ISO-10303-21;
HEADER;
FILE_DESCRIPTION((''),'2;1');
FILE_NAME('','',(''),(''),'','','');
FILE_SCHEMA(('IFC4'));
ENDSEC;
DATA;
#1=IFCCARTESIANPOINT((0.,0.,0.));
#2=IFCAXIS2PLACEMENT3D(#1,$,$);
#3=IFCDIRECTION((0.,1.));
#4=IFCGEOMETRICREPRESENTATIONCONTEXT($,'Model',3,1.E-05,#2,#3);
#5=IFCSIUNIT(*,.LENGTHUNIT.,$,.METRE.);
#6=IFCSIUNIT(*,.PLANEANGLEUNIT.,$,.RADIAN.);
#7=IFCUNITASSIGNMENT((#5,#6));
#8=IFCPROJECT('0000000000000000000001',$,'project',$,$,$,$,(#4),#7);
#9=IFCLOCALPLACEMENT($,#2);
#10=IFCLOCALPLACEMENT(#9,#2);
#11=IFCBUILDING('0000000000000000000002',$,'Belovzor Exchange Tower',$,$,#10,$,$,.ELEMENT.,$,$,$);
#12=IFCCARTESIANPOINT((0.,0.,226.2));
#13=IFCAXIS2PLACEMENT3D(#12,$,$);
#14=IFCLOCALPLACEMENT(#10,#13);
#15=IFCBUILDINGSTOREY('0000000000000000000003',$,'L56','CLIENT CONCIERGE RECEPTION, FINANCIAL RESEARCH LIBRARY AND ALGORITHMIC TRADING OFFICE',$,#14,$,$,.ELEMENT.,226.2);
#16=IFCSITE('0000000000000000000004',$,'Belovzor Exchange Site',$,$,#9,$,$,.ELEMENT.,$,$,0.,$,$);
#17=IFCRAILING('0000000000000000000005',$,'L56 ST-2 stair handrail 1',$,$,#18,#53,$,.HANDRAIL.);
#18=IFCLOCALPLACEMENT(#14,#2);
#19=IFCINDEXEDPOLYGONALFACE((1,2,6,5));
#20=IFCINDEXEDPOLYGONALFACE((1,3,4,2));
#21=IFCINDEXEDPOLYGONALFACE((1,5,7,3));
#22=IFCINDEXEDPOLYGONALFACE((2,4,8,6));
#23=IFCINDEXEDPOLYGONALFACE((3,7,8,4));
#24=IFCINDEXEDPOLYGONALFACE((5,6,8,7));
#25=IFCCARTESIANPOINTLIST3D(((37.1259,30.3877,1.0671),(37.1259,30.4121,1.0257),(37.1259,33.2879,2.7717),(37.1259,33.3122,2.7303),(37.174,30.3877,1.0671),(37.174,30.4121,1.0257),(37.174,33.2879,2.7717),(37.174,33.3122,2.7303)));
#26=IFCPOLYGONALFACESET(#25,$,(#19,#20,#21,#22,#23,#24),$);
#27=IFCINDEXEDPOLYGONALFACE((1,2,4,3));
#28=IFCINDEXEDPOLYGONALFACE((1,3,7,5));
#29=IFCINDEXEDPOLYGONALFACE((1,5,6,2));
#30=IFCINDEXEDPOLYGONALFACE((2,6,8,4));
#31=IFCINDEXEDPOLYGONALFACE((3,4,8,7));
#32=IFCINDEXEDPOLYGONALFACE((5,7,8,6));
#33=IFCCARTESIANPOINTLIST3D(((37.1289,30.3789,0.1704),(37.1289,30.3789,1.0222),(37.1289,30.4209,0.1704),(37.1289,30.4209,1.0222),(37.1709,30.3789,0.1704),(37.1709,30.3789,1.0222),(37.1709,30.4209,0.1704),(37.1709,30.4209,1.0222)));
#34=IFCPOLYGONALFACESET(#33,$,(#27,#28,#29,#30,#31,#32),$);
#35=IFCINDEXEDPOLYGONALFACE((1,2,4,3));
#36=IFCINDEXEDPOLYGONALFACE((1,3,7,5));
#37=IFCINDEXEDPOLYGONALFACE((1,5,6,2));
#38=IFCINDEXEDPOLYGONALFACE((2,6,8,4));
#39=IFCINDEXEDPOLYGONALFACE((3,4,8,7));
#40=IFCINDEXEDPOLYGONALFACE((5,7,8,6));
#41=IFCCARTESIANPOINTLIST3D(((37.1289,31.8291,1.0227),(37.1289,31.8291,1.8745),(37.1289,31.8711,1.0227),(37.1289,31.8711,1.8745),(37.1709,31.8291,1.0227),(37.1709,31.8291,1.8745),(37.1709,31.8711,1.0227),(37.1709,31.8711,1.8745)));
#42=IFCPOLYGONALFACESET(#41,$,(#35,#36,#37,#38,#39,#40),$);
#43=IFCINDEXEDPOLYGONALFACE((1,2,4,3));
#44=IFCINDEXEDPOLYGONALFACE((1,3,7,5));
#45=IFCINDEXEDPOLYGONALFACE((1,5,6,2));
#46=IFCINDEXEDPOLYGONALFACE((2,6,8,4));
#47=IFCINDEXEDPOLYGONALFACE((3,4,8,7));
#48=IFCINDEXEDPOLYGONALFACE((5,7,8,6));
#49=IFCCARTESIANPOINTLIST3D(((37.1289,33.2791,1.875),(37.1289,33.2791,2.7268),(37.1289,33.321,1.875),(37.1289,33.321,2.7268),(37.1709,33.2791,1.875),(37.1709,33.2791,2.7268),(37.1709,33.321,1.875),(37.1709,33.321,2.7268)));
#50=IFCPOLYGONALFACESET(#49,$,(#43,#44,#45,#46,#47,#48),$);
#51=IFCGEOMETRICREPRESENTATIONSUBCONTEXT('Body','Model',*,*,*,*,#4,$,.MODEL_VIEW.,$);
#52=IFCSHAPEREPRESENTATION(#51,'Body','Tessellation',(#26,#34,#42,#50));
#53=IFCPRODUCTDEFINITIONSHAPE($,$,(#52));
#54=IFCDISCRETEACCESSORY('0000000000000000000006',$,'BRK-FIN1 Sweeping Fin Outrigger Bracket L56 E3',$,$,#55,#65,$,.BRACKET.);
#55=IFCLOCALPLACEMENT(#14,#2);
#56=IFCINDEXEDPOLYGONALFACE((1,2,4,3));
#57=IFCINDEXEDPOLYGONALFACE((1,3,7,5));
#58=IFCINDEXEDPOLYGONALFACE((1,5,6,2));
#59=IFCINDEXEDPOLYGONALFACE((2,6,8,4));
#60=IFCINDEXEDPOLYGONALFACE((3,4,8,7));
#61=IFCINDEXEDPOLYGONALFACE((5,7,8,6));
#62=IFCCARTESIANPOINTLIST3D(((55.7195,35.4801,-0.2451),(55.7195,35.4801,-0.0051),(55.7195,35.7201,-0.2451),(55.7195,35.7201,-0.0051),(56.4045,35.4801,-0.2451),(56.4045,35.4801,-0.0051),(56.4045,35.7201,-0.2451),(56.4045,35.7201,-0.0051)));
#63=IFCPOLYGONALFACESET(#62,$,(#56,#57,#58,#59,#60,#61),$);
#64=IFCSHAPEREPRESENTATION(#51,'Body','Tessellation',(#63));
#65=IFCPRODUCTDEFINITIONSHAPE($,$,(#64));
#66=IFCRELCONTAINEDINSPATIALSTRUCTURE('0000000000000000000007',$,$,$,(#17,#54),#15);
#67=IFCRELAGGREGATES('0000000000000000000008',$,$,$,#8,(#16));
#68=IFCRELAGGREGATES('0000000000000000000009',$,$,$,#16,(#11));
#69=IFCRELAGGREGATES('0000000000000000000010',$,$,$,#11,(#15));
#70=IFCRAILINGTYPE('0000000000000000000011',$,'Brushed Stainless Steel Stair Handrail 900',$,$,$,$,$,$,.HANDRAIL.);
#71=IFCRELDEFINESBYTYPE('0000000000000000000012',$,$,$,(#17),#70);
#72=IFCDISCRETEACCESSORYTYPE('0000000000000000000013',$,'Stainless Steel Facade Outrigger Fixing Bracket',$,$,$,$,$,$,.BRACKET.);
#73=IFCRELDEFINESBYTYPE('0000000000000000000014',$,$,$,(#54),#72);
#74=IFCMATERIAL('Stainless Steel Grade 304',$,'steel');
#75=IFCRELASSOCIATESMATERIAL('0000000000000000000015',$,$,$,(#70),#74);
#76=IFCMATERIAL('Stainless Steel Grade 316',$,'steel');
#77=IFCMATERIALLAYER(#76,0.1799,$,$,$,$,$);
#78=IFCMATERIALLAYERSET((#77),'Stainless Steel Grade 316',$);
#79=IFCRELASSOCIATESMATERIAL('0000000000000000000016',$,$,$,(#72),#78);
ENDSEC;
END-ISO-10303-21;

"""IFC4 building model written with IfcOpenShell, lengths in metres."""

from ifc_helpers import new_model, si_unit, direction, frame, origin, origin_2d, place, context, subcontext, project, spatial, rectangle, extrude, material, layer, layer_set, type_object, element, save


model = new_model("IFC4")

# Units and contexts
model_context = context("Model", 3, precision=1e-05, world=origin(), true_north=direction((0.0, 1.0)))
body_context = subcontext(model_context, "Body", "Model", "MODEL_VIEW")
ifc_project = project(units=[si_unit("LENGTHUNIT", "METRE"), si_unit("PLANEANGLEUNIT", "RADIAN")], contexts=[model_context])

# Site, building, storey
site_placement = place(None, origin())
site = spatial("IfcSite", under=ifc_project, at=site_placement, Name="Belovzor Exchange Site", CompositionType="ELEMENT", RefElevation=0.0)
building_placement = place(site_placement, origin())
building = spatial("IfcBuilding", under=site, at=building_placement, Name="Belovzor Exchange Tower", CompositionType="ELEMENT")
storey_placement = place(building_placement, frame((0.0, 0.0, 226.2)))
storey = spatial("IfcBuildingStorey", under=building, at=storey_placement, Name="L56", Description="CLIENT CONCIERGE RECEPTION, FINANCIAL RESEARCH LIBRARY AND ALGORITHMIC TRADING OFFICE", CompositionType="ELEMENT", Elevation=226.2)

# Railing
ifc_material_1 = material(Name="Stainless Steel Grade 304", Category="steel")
railing_type = type_object("IfcRailingType", Name="Brushed Stainless Steel Stair Handrail 900", PredefinedType="HANDRAIL", material=ifc_material_1)
railing_placement = place(storey_placement, frame((37.1499, 30.3999, 0.1704)))
element("IfcRailing", 1, at=railing_placement, inside=storey, type_object=railing_type, Name="L56 ST-2 stair handrail 1", PredefinedType="HANDRAIL", context=body_context, shape_type="SweptSolid", body=[
    extrude(rectangle(XDim=0.0481, YDim=0.0481, at=origin_2d()), frame((0.0, 0.0, 0.876), z_axis=(0.0, 0.862113, 0.506716), x_axis=(-1.0, 0.0, 0.0)), (0.0, 0.0, 1.0), 3.364),
    extrude(rectangle(XDim=0.042, YDim=0.042, at=origin_2d()), origin(), (0.0, 0.0, 1.0), 0.8518),
    extrude(rectangle(XDim=0.042, YDim=0.042, at=origin_2d()), frame((0.0, 1.4502, 0.8523)), (0.0, 0.0, 1.0), 0.8518),
    extrude(rectangle(XDim=0.042, YDim=0.042, at=origin_2d()), frame((0.0, 2.9001, 1.7046)), (0.0, 0.0, 1.0), 0.8518),
])

# Discrete accessory
ifc_material_2 = material(Name="Stainless Steel Grade 316", Category="steel")
ifc_layer_1 = layer(ifc_material_2, 0.1799)
ifc_layer_set_1 = layer_set([ifc_layer_1], Name="Stainless Steel Grade 316")
discrete_accessory_type = type_object("IfcDiscreteAccessoryType", Name="Stainless Steel Facade Outrigger Fixing Bracket", PredefinedType="BRACKET", material=ifc_layer_set_1)
discrete_accessory_placement = place(storey_placement, frame((56.062, 35.6001, -0.2451), z_axis=(0.0, 0.0, 1.0), x_axis=(1.0, 0.0, 0.0)))
element("IfcDiscreteAccessory", 2, at=discrete_accessory_placement, inside=storey, type_object=discrete_accessory_type, Name="BRK-FIN1 Sweeping Fin Outrigger Bracket L56 E3", PredefinedType="BRACKET", context=body_context, shape_type="SweptSolid", body=[
    extrude(rectangle(XDim=0.6851, YDim=0.24, at=origin_2d()), origin(), (0.0, 0.0, 1.0), 0.24),
])

save(model, "model.ifc")
